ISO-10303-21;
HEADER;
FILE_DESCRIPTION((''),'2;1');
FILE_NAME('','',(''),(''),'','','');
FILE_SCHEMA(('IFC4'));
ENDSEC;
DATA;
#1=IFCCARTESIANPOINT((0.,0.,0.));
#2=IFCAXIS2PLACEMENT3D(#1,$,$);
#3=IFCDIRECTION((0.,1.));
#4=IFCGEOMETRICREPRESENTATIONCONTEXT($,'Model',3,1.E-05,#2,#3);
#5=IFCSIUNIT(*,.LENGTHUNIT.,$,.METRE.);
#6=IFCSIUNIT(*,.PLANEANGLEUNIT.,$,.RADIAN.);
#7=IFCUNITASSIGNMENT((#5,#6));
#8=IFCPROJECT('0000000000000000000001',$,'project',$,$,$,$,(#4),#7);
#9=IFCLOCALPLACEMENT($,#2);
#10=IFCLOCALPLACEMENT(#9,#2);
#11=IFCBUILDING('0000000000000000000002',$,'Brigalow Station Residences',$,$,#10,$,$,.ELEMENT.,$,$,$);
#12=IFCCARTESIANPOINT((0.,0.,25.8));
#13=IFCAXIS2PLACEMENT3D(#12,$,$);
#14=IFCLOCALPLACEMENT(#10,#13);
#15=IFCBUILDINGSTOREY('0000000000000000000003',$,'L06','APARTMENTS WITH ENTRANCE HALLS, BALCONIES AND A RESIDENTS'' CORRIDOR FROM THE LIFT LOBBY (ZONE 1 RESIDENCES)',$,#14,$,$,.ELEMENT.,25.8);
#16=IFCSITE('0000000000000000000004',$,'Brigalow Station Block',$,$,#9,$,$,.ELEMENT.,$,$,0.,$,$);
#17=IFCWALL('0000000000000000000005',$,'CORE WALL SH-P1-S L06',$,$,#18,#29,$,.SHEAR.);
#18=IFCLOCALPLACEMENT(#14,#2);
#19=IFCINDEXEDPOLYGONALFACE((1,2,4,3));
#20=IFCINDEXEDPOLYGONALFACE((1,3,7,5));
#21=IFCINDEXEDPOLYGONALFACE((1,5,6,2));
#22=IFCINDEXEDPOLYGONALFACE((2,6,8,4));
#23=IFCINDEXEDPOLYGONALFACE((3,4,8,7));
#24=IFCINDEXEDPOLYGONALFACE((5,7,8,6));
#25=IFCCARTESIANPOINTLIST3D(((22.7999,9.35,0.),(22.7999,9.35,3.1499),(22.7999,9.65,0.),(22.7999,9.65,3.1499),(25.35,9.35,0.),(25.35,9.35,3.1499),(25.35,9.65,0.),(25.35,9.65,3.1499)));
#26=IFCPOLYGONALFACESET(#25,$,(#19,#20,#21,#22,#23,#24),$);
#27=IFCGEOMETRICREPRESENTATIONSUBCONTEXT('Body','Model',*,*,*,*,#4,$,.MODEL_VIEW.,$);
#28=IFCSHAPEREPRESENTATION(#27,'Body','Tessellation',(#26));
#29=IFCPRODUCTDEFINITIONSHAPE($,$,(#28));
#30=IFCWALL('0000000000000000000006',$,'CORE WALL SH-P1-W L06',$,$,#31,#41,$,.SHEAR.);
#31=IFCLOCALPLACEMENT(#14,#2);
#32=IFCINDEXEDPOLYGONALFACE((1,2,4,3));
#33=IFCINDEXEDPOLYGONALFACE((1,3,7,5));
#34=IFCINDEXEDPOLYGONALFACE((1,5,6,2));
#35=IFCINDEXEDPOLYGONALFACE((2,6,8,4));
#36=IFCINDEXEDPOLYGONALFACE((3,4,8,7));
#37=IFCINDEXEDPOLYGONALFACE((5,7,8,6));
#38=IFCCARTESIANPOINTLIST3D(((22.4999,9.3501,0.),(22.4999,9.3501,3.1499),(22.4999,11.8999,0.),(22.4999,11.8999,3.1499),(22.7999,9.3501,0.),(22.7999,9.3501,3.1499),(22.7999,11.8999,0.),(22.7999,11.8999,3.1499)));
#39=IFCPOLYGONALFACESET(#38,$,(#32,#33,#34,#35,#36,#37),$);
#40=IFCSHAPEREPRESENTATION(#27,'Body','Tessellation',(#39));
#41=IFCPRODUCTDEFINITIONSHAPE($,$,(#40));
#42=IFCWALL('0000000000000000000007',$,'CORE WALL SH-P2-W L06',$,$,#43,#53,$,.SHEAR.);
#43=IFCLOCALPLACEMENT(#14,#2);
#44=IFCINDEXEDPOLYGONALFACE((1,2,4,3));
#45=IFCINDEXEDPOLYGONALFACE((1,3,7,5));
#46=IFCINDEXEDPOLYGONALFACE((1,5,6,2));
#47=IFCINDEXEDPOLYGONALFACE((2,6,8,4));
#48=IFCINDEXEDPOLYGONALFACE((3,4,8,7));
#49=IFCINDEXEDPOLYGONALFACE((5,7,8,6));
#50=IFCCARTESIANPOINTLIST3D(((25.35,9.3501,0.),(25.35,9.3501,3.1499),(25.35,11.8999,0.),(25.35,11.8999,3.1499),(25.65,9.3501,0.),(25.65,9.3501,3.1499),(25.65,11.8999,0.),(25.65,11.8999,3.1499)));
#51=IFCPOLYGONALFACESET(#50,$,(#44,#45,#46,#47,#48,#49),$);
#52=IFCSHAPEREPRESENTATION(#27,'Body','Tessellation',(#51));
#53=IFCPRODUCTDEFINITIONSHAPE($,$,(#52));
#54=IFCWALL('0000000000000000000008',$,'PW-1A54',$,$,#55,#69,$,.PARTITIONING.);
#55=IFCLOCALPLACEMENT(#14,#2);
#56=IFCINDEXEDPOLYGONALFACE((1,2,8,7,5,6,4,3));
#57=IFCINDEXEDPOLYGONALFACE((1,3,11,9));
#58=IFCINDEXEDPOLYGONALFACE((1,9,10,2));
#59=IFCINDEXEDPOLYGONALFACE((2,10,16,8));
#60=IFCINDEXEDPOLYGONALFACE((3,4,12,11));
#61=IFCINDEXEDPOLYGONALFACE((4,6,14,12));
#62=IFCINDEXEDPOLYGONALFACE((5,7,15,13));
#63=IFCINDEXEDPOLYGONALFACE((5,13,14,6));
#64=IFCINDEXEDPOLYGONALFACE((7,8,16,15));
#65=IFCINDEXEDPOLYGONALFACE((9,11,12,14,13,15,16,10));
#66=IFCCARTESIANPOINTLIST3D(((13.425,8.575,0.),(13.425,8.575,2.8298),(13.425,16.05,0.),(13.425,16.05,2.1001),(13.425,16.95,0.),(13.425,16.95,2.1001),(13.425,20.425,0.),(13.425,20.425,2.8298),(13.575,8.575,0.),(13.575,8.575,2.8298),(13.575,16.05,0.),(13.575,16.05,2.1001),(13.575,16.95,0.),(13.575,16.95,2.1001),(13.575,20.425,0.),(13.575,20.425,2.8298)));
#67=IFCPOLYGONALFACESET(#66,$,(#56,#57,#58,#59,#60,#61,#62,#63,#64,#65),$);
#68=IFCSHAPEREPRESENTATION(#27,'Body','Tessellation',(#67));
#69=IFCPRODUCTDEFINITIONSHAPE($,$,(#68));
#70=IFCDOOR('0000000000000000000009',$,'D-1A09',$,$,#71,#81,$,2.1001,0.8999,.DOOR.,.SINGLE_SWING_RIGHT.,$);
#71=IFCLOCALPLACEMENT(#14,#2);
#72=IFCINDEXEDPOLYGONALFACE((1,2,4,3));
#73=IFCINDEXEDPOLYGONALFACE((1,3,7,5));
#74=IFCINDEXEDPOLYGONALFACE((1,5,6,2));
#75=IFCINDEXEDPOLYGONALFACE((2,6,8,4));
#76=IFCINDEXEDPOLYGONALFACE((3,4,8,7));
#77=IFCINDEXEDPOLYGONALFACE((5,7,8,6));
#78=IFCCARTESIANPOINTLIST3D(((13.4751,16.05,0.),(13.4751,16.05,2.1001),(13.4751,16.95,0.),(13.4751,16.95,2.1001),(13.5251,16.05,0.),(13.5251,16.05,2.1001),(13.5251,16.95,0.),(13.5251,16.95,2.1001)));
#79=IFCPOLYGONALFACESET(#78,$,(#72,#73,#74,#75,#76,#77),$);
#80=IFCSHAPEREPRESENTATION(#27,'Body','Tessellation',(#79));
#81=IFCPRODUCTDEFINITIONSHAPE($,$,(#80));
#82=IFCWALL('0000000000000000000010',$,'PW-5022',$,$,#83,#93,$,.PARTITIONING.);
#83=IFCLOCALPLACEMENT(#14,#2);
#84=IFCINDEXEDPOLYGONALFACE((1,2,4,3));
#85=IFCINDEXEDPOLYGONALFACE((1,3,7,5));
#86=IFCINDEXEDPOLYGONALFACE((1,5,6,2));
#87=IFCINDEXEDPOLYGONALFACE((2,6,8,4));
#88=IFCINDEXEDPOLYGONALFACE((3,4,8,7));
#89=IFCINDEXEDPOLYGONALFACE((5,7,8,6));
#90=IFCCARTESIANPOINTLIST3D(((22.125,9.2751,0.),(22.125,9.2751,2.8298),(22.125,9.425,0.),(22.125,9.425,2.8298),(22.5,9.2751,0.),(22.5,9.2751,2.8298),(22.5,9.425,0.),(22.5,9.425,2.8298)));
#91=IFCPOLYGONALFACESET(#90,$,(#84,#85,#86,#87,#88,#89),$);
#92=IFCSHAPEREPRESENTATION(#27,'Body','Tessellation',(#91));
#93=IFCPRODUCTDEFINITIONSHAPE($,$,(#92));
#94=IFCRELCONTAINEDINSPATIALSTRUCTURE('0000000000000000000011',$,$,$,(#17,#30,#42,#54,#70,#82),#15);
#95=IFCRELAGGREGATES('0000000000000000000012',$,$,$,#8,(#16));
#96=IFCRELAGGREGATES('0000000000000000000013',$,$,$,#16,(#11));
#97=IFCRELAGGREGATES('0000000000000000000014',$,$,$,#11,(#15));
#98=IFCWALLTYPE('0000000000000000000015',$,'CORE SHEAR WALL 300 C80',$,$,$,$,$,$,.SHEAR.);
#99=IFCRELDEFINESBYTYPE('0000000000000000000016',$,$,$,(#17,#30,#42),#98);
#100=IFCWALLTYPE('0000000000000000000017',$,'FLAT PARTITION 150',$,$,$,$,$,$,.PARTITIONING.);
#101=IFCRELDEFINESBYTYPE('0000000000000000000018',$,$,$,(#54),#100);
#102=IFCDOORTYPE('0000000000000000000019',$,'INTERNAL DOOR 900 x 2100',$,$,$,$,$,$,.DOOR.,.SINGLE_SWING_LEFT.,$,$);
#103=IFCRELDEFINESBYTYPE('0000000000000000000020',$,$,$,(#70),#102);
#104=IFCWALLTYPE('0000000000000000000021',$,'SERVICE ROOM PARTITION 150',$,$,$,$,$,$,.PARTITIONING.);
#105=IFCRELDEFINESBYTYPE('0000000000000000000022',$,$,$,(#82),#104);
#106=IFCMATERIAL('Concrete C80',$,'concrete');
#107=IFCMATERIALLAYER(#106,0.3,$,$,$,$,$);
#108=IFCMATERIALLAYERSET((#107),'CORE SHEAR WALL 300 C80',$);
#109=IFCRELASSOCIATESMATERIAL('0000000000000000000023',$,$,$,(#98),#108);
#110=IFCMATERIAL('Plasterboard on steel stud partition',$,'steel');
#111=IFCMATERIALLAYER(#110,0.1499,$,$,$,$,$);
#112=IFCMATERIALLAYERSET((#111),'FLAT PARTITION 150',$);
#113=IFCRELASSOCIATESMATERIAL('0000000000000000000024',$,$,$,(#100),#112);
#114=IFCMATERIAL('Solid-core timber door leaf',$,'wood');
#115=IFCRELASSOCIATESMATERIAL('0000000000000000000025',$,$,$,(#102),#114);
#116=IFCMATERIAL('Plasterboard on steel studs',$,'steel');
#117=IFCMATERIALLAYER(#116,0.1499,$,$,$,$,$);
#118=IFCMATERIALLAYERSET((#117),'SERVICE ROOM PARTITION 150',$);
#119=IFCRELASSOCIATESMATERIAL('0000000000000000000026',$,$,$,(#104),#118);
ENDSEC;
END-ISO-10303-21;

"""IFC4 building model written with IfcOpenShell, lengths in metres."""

from ifc_helpers import new_model, si_unit, direction, frame, frame_2d, origin, place, context, subcontext, project, spatial, rectangle, extrude, material, layer, layer_set, type_object, element, fill, save


model = new_model("IFC4")

# Units and contexts
model_context = context("Model", 3, precision=1e-05, world=origin(), true_north=direction((0.0, 1.0)))
body_context = subcontext(model_context, "Body", "Model", "MODEL_VIEW")
ifc_project = project(units=[si_unit("LENGTHUNIT", "METRE"), si_unit("PLANEANGLEUNIT", "RADIAN")], contexts=[model_context])

# Site, building, storey
site_placement = place(None, origin())
site = spatial("IfcSite", under=ifc_project, at=site_placement, Name="Brigalow Station Block", CompositionType="ELEMENT", RefElevation=0.0)
building_placement = place(site_placement, origin())
building = spatial("IfcBuilding", under=site, at=building_placement, Name="Brigalow Station Residences", CompositionType="ELEMENT")
storey_placement = place(building_placement, frame((0.0, 0.0, 25.8)))
storey = spatial("IfcBuildingStorey", under=building, at=storey_placement, Name="L06", Description="APARTMENTS WITH ENTRANCE HALLS, BALCONIES AND A RESIDENTS' CORRIDOR FROM THE LIFT LOBBY (ZONE 1 RESIDENCES)", CompositionType="ELEMENT", Elevation=25.8)

# Walls
ifc_material_1 = material(Name="Concrete C80", Category="concrete")
ifc_layer_1 = layer(ifc_material_1, 0.3)
ifc_layer_set_1 = layer_set([ifc_layer_1], Name="CORE SHEAR WALL 300 C80")
wall_type_1 = type_object("IfcWallType", Name="CORE SHEAR WALL 300 C80", PredefinedType="SHEAR", material=ifc_layer_set_1)
wall_1_placement = place(storey_placement, frame((22.8, 9.5, 0.0), z_axis=(0.0, 0.0, 1.0), x_axis=(1.0, 0.0, 0.0)))
element("IfcWall", 1, at=wall_1_placement, inside=storey, type_object=wall_type_1, Name="CORE WALL SH-P1-S L06", PredefinedType="SHEAR", context=body_context, shape_type="SweptSolid", body=[
    extrude(rectangle(XDim=2.55, YDim=0.3, at=frame_2d((1.2749, 0.0))), origin(), (0.0, 0.0, 1.0), 3.1499),
])
for number, where, z_axis, x_axis, name in (
    (2, (22.6499, 9.3501, 0.0), (0.0, 0.0, 1.0), (0.0, 1.0, 0.0), "CORE WALL SH-P1-W L06"),
    (3, (25.5, 9.3501, 0.0), (0.0, 0.0, 1.0), (0.0, 1.0, 0.0), "CORE WALL SH-P2-W L06"),
):
    element("IfcWall", number, at=place(storey_placement, frame(where, z_axis=z_axis, x_axis=x_axis)), inside=storey, type_object=wall_type_1, Name=name, PredefinedType="SHEAR", context=body_context, shape_type="SweptSolid", body=[
        extrude(rectangle(XDim=2.5498, YDim=0.3, at=frame_2d((1.2749, 0.0))), origin(), (0.0, 0.0, 1.0), 3.1499),
    ])

# Wall, opening, door
ifc_material_2 = material(Name="Plasterboard on steel stud partition", Category="steel")
ifc_layer_2 = layer(ifc_material_2, 0.1499)
ifc_layer_set_2 = layer_set([ifc_layer_2], Name="FLAT PARTITION 150")
wall_type_2 = type_object("IfcWallType", Name="FLAT PARTITION 150", PredefinedType="PARTITIONING", material=ifc_layer_set_2)
wall_2_placement = place(storey_placement, frame((13.5, 8.575, 0.0), z_axis=(0.0, 0.0, 1.0), x_axis=(0.0, 1.0, 0.0)))
wall_2 = element("IfcWall", 4, at=wall_2_placement, inside=storey, type_object=wall_type_2, Name="PW-1A54", PredefinedType="PARTITIONING", context=body_context, shape_type="SweptSolid", body=[
    extrude(rectangle(XDim=11.8501, YDim=0.1499, at=frame_2d((5.925, 0.0))), origin(), (0.0, 0.0, 1.0), 2.8298),
])
opening_1_placement = place(wall_2_placement, frame((7.4751, 0.0, 0.0)))
opening_1 = element("IfcOpeningElement", 5, at=opening_1_placement, cuts=wall_2, PredefinedType="OPENING", context=body_context, shape_type="SweptSolid", body=[
    extrude(rectangle(XDim=0.8999, YDim=2.1001, at=frame_2d((0.45, 1.05))), frame((0.0, 0.085, 0.0), z_axis=(0.0, -1.0, 0.0), x_axis=(1.0, 0.0, 0.0)), (0.0, 0.0, 1.0), 0.1699),
])
ifc_material_3 = material(Name="Solid-core timber door leaf", Category="wood")
door_type_1 = type_object("IfcDoorType", Name="INTERNAL DOOR 900 x 2100", OperationType="SINGLE_SWING_LEFT", PredefinedType="DOOR", material=ifc_material_3)
door_1_placement = place(opening_1_placement, origin())
door_1 = element("IfcDoor", 6, at=door_1_placement, inside=storey, type_object=door_type_1, Name="D-1A09", OperationType="SINGLE_SWING_RIGHT", OverallHeight=2.1001, OverallWidth=0.8999, PredefinedType="DOOR", context=body_context, shape_type="SweptSolid", body=[
    extrude(rectangle(XDim=0.8999, YDim=2.1001, at=frame_2d((0.45, 1.05))), frame((0.0, 0.0249, 0.0), z_axis=(0.0, -1.0, 0.0), x_axis=(1.0, 0.0, 0.0)), (0.0, 0.0, 1.0), 0.05),
])
fill(opening_1, door_1)

# Wall
ifc_material_4 = material(Name="Plasterboard on steel studs", Category="steel")
ifc_layer_3 = layer(ifc_material_4, 0.1499)
ifc_layer_set_3 = layer_set([ifc_layer_3], Name="SERVICE ROOM PARTITION 150")
wall_type_3 = type_object("IfcWallType", Name="SERVICE ROOM PARTITION 150", PredefinedType="PARTITIONING", material=ifc_layer_set_3)
wall_3_placement = place(storey_placement, frame((22.125, 9.3501, 0.0), z_axis=(0.0, 0.0, 1.0), x_axis=(1.0, 0.0, 0.0)))
element("IfcWall", 7, at=wall_3_placement, inside=storey, type_object=wall_type_3, Name="PW-5022", PredefinedType="PARTITIONING", context=body_context, shape_type="SweptSolid", body=[
    extrude(rectangle(XDim=0.375, YDim=0.1499, at=frame_2d((0.1875, 0.0))), origin(), (0.0, 0.0, 1.0), 2.8298),
])

save(model, "model.ifc")
